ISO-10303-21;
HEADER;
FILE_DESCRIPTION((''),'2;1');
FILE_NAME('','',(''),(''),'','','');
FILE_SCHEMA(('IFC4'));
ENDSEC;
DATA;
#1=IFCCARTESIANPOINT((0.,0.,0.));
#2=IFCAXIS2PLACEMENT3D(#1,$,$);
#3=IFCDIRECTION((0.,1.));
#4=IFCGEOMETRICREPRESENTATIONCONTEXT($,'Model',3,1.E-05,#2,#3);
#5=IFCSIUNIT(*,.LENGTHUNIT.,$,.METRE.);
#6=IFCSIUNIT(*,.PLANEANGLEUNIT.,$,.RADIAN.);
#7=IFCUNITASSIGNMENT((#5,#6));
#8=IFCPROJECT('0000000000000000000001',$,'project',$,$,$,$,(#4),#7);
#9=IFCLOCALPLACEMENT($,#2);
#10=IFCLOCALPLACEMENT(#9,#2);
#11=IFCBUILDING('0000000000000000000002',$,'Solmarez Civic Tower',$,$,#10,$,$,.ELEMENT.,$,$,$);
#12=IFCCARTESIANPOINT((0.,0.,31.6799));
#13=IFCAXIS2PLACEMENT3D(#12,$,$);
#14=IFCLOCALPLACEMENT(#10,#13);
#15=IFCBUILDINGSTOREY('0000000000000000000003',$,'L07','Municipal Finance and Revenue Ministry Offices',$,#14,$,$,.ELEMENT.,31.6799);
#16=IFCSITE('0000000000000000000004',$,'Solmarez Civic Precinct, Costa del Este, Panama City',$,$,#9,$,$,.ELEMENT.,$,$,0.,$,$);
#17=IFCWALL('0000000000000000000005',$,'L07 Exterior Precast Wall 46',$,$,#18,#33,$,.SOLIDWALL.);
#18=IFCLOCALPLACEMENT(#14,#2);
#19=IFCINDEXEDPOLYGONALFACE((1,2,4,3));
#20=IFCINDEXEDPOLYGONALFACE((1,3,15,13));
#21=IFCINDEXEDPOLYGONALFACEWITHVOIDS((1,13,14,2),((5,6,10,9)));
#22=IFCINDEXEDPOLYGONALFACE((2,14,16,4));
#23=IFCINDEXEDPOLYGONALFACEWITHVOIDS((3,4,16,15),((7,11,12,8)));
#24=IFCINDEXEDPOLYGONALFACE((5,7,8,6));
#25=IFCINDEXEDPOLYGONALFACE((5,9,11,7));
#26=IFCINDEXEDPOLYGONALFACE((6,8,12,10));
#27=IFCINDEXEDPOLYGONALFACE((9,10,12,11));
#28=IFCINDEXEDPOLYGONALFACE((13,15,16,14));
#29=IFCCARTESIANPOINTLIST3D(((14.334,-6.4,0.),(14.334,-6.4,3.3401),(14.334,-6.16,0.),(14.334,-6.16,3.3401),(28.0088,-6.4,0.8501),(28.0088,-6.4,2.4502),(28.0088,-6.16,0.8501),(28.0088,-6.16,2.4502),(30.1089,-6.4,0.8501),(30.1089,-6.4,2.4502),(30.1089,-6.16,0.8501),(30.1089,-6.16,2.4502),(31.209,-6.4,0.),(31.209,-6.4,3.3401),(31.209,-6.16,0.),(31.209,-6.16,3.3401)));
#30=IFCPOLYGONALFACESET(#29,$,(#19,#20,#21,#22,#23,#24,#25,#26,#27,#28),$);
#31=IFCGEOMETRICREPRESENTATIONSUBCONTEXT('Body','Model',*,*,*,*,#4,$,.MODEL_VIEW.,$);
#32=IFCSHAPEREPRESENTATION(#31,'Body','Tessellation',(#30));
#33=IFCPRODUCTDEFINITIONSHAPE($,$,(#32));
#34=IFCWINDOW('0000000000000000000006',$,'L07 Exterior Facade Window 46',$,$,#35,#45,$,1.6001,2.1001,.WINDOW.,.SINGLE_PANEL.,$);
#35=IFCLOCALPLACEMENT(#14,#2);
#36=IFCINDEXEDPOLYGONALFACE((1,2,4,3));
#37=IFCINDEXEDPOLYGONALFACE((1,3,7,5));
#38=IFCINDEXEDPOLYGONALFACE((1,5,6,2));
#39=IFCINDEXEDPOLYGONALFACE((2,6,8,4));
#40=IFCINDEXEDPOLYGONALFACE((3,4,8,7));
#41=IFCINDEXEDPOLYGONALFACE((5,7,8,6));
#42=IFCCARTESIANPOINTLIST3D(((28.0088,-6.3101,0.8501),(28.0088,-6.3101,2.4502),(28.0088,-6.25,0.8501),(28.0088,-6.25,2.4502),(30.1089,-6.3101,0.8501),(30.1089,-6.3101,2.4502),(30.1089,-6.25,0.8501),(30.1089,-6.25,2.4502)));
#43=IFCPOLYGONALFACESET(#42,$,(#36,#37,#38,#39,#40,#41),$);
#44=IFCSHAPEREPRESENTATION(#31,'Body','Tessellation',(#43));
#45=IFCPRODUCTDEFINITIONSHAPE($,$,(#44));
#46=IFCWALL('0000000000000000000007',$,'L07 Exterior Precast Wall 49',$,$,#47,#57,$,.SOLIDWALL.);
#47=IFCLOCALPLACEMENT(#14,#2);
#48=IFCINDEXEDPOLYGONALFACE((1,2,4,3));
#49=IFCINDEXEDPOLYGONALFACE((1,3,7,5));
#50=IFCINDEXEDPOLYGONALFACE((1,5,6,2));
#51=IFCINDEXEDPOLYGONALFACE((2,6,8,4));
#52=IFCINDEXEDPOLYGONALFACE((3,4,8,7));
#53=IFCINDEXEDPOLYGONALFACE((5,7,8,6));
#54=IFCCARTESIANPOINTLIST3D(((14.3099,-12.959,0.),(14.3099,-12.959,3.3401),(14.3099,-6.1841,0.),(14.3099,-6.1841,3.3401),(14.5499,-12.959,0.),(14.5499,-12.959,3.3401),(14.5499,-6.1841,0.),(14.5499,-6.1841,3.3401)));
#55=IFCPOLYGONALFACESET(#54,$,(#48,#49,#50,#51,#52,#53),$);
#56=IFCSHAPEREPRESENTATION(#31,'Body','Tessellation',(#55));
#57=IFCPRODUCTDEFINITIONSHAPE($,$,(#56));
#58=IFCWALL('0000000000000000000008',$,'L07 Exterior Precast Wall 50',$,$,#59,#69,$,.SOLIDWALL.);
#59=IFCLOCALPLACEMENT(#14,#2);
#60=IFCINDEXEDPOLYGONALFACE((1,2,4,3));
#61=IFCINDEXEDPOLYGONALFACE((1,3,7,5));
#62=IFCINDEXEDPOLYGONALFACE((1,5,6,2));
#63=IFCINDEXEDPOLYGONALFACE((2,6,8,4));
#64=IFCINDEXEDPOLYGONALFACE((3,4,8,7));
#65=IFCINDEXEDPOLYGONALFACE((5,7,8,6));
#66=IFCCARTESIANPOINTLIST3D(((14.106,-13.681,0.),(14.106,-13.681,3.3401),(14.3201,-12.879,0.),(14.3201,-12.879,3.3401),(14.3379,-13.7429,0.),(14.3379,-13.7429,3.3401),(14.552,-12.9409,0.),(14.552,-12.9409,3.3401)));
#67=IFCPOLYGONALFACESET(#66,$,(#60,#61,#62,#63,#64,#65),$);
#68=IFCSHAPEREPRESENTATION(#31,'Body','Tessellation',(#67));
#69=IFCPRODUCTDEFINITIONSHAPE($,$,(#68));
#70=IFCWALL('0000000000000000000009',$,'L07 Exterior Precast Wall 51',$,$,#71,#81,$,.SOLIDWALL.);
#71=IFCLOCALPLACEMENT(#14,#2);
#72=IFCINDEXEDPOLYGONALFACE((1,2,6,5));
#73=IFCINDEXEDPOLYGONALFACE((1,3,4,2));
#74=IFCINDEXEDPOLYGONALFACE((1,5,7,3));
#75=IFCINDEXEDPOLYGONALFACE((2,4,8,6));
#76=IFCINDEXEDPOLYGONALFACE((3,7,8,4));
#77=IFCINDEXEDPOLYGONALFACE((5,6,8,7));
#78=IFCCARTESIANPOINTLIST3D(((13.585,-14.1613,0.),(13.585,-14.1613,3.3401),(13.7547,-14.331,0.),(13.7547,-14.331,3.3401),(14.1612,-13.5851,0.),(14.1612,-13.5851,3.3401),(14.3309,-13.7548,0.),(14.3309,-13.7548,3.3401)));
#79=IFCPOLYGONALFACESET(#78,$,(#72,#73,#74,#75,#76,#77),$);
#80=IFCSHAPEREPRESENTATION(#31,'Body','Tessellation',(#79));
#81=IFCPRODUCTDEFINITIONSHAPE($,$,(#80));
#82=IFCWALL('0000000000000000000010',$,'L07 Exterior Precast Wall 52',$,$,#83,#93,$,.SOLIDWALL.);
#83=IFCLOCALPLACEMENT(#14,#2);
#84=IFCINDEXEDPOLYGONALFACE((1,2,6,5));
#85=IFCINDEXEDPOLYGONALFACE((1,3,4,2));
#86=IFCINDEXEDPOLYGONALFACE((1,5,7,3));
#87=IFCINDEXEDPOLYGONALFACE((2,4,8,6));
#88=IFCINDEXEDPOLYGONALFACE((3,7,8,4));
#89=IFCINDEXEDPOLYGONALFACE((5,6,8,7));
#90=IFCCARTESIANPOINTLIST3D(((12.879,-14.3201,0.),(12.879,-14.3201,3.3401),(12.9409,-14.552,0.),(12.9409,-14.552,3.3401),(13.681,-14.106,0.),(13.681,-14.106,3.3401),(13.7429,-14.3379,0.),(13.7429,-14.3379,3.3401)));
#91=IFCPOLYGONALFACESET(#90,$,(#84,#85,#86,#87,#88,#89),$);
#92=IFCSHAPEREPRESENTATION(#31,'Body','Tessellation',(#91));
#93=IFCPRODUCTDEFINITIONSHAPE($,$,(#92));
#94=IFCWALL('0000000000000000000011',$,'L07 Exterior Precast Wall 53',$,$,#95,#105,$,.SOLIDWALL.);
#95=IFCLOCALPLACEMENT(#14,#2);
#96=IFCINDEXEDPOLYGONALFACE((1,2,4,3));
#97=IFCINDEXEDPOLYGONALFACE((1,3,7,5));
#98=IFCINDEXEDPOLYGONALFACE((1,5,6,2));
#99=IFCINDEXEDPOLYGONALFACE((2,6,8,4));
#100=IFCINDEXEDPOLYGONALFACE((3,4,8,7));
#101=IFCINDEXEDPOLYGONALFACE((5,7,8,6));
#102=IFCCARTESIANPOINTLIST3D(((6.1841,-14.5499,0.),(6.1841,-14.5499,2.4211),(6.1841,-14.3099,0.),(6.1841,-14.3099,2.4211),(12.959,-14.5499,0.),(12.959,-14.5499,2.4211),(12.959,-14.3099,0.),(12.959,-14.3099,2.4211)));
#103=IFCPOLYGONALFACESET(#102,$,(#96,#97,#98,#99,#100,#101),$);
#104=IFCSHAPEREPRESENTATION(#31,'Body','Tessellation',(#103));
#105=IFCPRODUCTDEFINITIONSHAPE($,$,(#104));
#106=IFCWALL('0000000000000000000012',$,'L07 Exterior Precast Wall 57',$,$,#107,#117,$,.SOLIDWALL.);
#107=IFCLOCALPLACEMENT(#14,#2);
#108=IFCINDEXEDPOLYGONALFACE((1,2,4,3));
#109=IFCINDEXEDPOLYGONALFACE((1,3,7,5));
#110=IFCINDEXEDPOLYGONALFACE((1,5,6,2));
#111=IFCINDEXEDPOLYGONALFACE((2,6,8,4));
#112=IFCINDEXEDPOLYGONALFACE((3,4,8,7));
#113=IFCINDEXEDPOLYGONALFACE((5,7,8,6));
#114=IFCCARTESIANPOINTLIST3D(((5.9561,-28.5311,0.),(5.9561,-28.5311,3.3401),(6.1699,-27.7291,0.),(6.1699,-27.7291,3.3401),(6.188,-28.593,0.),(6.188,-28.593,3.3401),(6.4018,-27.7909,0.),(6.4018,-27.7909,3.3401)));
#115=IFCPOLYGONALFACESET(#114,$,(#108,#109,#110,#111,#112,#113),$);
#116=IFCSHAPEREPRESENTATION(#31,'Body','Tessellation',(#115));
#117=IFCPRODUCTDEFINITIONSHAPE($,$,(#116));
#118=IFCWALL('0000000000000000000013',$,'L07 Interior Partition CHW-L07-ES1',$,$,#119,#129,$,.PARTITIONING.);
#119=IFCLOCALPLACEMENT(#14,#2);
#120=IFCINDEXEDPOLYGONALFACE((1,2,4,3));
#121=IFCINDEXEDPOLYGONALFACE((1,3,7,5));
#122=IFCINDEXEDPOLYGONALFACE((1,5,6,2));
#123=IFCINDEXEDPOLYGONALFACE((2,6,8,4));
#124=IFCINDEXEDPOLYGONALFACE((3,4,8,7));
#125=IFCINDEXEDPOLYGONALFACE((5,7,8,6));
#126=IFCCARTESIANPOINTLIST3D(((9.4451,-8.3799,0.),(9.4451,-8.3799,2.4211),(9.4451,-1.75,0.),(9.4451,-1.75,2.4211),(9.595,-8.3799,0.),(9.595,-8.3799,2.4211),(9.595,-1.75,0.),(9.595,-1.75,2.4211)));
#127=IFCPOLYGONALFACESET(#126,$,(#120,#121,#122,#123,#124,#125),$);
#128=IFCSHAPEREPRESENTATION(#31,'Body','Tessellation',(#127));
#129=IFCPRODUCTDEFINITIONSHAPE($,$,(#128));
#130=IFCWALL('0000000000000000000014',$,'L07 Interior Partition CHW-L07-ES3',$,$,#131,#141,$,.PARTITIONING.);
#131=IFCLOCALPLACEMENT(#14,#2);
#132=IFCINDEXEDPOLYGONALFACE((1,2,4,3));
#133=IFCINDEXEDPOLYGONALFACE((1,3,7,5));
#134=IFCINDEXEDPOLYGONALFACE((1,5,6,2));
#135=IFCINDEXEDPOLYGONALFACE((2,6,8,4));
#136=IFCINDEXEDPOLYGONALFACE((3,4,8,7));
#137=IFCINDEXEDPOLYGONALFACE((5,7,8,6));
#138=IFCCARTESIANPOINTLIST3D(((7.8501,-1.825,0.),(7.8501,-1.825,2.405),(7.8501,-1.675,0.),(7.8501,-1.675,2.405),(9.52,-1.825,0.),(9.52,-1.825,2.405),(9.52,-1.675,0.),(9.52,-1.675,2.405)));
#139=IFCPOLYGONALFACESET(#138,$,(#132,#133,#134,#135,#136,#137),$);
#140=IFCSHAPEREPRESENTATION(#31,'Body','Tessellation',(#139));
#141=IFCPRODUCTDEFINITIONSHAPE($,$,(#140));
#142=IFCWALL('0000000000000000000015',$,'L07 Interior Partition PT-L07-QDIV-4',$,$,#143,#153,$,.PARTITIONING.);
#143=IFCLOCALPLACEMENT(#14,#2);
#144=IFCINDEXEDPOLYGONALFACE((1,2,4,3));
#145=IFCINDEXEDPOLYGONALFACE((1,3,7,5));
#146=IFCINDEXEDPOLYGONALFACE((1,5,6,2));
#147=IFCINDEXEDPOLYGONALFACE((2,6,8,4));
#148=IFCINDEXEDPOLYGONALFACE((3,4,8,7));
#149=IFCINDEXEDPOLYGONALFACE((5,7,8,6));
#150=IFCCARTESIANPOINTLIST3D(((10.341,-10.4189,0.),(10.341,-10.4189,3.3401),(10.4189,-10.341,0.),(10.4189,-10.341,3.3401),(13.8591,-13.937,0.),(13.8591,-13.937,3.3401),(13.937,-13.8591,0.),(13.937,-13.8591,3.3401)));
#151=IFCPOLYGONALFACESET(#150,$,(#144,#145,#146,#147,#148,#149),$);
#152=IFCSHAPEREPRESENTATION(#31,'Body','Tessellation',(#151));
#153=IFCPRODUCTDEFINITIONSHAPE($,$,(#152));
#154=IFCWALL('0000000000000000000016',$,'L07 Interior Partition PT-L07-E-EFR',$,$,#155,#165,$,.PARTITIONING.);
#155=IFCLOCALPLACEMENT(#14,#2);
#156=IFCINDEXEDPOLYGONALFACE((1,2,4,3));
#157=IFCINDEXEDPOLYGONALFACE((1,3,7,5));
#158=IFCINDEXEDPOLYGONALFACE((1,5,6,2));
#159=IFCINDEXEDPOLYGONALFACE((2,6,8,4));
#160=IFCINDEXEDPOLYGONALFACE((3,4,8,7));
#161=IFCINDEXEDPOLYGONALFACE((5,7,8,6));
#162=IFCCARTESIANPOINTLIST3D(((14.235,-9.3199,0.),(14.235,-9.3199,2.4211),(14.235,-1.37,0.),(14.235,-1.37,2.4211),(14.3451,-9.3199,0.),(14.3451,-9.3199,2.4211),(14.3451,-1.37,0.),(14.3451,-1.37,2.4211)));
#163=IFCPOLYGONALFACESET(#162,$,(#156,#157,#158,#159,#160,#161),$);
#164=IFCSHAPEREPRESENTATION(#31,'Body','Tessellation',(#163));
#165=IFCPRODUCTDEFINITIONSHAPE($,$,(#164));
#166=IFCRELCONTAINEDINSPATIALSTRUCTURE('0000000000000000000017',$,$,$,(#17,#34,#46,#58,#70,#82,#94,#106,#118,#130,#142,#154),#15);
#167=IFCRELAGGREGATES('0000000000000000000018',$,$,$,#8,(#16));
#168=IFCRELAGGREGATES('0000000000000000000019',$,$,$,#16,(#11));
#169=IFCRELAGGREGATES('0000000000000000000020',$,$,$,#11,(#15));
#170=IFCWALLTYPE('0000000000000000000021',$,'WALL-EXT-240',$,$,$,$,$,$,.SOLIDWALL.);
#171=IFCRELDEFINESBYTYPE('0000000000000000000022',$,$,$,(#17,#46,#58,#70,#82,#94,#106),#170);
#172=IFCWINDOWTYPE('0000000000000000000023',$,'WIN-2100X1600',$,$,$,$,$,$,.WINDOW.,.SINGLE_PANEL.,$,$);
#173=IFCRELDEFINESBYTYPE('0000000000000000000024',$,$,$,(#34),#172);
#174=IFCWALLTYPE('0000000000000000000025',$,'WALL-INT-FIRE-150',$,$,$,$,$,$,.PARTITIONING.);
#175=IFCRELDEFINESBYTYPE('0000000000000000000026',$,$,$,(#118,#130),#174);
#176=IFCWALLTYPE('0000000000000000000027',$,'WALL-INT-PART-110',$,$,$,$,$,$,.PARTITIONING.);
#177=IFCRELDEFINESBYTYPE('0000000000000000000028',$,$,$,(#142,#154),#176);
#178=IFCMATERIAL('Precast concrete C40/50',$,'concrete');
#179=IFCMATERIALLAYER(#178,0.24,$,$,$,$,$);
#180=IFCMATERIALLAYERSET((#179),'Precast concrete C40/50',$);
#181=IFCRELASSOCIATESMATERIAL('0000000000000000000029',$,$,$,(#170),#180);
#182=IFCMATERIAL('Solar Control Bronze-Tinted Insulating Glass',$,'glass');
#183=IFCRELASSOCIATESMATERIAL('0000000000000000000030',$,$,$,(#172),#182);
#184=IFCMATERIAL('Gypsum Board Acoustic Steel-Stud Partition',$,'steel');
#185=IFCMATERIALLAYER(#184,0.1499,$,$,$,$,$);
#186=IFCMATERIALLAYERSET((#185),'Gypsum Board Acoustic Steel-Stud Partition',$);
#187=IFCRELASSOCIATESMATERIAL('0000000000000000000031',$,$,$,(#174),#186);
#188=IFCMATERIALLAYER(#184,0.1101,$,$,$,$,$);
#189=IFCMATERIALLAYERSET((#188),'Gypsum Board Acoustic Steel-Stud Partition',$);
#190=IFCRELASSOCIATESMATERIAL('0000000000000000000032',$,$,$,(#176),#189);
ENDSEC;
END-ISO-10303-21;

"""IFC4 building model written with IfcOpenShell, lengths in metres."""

from ifc_helpers import new_model, si_unit, direction, frame, frame_2d, origin, place, context, subcontext, project, spatial, rectangle, extrude, material, layer, layer_set, type_object, element, fill, save


model = new_model("IFC4")

# Units and contexts
model_context = context("Model", 3, precision=1e-05, world=origin(), true_north=direction((0.0, 1.0)))
body_context = subcontext(model_context, "Body", "Model", "MODEL_VIEW")
ifc_project = project(units=[si_unit("LENGTHUNIT", "METRE"), si_unit("PLANEANGLEUNIT", "RADIAN")], contexts=[model_context])

# Site, building, storey
site_placement = place(None, origin())
site = spatial("IfcSite", under=ifc_project, at=site_placement, Name="Solmarez Civic Precinct, Costa del Este, Panama City", CompositionType="ELEMENT", RefElevation=0.0)
building_placement = place(site_placement, origin())
building = spatial("IfcBuilding", under=site, at=building_placement, Name="Solmarez Civic Tower", CompositionType="ELEMENT")
storey_placement = place(building_placement, frame((0.0, 0.0, 31.6799)))
storey = spatial("IfcBuildingStorey", under=building, at=storey_placement, Name="L07", Description="Municipal Finance and Revenue Ministry Offices", CompositionType="ELEMENT", Elevation=31.6799)

# Shared definitions
ifc_material_1 = material(Name="Precast concrete C40/50", Category="concrete")
ifc_layer_1 = layer(ifc_material_1, 0.24)
ifc_layer_set_1 = layer_set([ifc_layer_1], Name="Precast concrete C40/50")
wall_type_1 = type_object("IfcWallType", Name="WALL-EXT-240", PredefinedType="SOLIDWALL", material=ifc_layer_set_1)

# Wall, opening, window
wall_1_placement = place(storey_placement, frame((31.209, -6.28, 0.0), z_axis=(0.0, 0.0, 1.0), x_axis=(-1.0, 0.0, 0.0)))
wall_1 = element("IfcWall", 1, at=wall_1_placement, inside=storey, type_object=wall_type_1, Name="L07 Exterior Precast Wall 46", PredefinedType="SOLIDWALL", context=body_context, shape_type="SweptSolid", body=[
    extrude(rectangle(XDim=16.875, YDim=0.24, at=frame_2d((8.4375, 0.0))), origin(), (0.0, 0.0, 1.0), 3.3401),
])
opening_1_placement = place(wall_1_placement, frame((1.1001, 0.0, 0.8501)))
opening_1 = element("IfcOpeningElement", 2, at=opening_1_placement, cuts=wall_1, PredefinedType="OPENING", context=body_context, shape_type="SweptSolid", body=[
    extrude(rectangle(XDim=2.1001, YDim=1.6001, at=frame_2d((1.05, 0.8))), frame((0.0, 0.1299, 0.0), z_axis=(0.0, -1.0, 0.0), x_axis=(1.0, 0.0, 0.0)), (0.0, 0.0, 1.0), 0.26),
])
ifc_material_2 = material(Name="Solar Control Bronze-Tinted Insulating Glass", Category="glass")
window_type = type_object("IfcWindowType", Name="WIN-2100X1600", PartitioningType="SINGLE_PANEL", PredefinedType="WINDOW", material=ifc_material_2)
window_placement = place(opening_1_placement, origin())
window = element("IfcWindow", 3, at=window_placement, inside=storey, type_object=window_type, Name="L07 Exterior Facade Window 46", OverallHeight=1.6001, OverallWidth=2.1001, PartitioningType="SINGLE_PANEL", PredefinedType="WINDOW", context=body_context, shape_type="SweptSolid", body=[
    extrude(rectangle(XDim=2.1001, YDim=1.6001, at=frame_2d((1.05, 0.8))), frame((0.0, 0.03, 0.0), z_axis=(0.0, -1.0, 0.0), x_axis=(1.0, 0.0, 0.0)), (0.0, 0.0, 1.0), 0.0601),
])
fill(opening_1, window)

# Walls
wall_2_placement = place(storey_placement, frame((14.4299, -6.1841, 0.0), z_axis=(0.0, 0.0, 1.0), x_axis=(0.0, -1.0, 0.0)))
element("IfcWall", 4, at=wall_2_placement, inside=storey, type_object=wall_type_1, Name="L07 Exterior Precast Wall 49", PredefinedType="SOLIDWALL", context=body_context, shape_type="SweptSolid", body=[
    extrude(rectangle(XDim=6.7749, YDim=0.24, at=frame_2d((3.3875, 0.0))), origin(), (0.0, 0.0, 1.0), 3.3401),
])
wall_3_placement = place(storey_placement, frame((14.436, -12.9099, 0.0), z_axis=(0.0, 0.0, 1.0), x_axis=(-0.257937, -0.966162, 0.0)))
element("IfcWall", 5, at=wall_3_placement, inside=storey, type_object=wall_type_1, Name="L07 Exterior Precast Wall 50", PredefinedType="SOLIDWALL", context=body_context, shape_type="SweptSolid", body=[
    extrude(rectangle(XDim=0.8301, YDim=0.24, at=frame_2d((0.415, 0.0))), origin(), (0.0, 0.0, 1.0), 3.3401),
])
wall_4_placement = place(storey_placement, frame((14.2461, -13.6699, 0.0), z_axis=(0.0, 0.0, 1.0), x_axis=(-0.707107, -0.707107, 0.0)))
element("IfcWall", 6, at=wall_4_placement, inside=storey, type_object=wall_type_1, Name="L07 Exterior Precast Wall 51", PredefinedType="SOLIDWALL", context=body_context, shape_type="SweptSolid", body=[
    extrude(rectangle(XDim=0.8149, YDim=0.24, at=frame_2d((0.4075, 0.0))), origin(), (0.0, 0.0, 1.0), 3.3401),
])
wall_5_placement = place(storey_placement, frame((13.7119, -14.2219, 0.0), z_axis=(0.0, 0.0, 1.0), x_axis=(-0.966162, -0.257937, 0.0)))
element("IfcWall", 7, at=wall_5_placement, inside=storey, type_object=wall_type_1, Name="L07 Exterior Precast Wall 52", PredefinedType="SOLIDWALL", context=body_context, shape_type="SweptSolid", body=[
    extrude(rectangle(XDim=0.8301, YDim=0.24, at=frame_2d((0.415, 0.0))), origin(), (0.0, 0.0, 1.0), 3.3401),
])
wall_6_placement = place(storey_placement, frame((12.959, -14.4299, 0.0), z_axis=(0.0, 0.0, 1.0), x_axis=(-1.0, 0.0, 0.0)))
element("IfcWall", 8, at=wall_6_placement, inside=storey, type_object=wall_type_1, Name="L07 Exterior Precast Wall 53", PredefinedType="SOLIDWALL", context=body_context, shape_type="SweptSolid", body=[
    extrude(rectangle(XDim=6.7749, YDim=0.24, at=frame_2d((3.3875, 0.0))), origin(), (0.0, 0.0, 1.0), 2.4211),
])
wall_7_placement = place(storey_placement, frame((6.2859, -27.76, 0.0), z_axis=(0.0, 0.0, 1.0), x_axis=(-0.257663, -0.966235, 0.0)))
element("IfcWall", 9, at=wall_7_placement, inside=storey, type_object=wall_type_1, Name="L07 Exterior Precast Wall 57", PredefinedType="SOLIDWALL", context=body_context, shape_type="SweptSolid", body=[
    extrude(rectangle(XDim=0.8301, YDim=0.24, at=frame_2d((0.415, 0.0))), origin(), (0.0, 0.0, 1.0), 3.3401),
])
ifc_material_3 = material(Name="Gypsum Board Acoustic Steel-Stud Partition", Category="steel")
ifc_layer_2 = layer(ifc_material_3, 0.1499)
ifc_layer_set_2 = layer_set([ifc_layer_2], Name="Gypsum Board Acoustic Steel-Stud Partition")
wall_type_2 = type_object("IfcWallType", Name="WALL-INT-FIRE-150", PredefinedType="PARTITIONING", material=ifc_layer_set_2)
wall_8_placement = place(storey_placement, frame((9.52, -8.3799, 0.0), z_axis=(0.0, 0.0, 1.0), x_axis=(0.0, 1.0, 0.0)))
element("IfcWall", 10, at=wall_8_placement, inside=storey, type_object=wall_type_2, Name="L07 Interior Partition CHW-L07-ES1", PredefinedType="PARTITIONING", context=body_context, shape_type="SweptSolid", body=[
    extrude(rectangle(XDim=6.6299, YDim=0.1499, at=frame_2d((3.3149, 0.0))), origin(), (0.0, 0.0, 1.0), 2.4211),
])
wall_9_placement = place(storey_placement, frame((7.8501, -1.75, 0.0), z_axis=(0.0, 0.0, 1.0), x_axis=(1.0, 0.0, 0.0)))
element("IfcWall", 11, at=wall_9_placement, inside=storey, type_object=wall_type_2, Name="L07 Interior Partition CHW-L07-ES3", PredefinedType="PARTITIONING", context=body_context, shape_type="SweptSolid", body=[
    extrude(rectangle(XDim=1.6699, YDim=0.1499, at=frame_2d((0.835, 0.0))), origin(), (0.0, 0.0, 1.0), 2.405),
])
ifc_layer_3 = layer(ifc_material_3, 0.1101)
ifc_layer_set_3 = layer_set([ifc_layer_3], Name="Gypsum Board Acoustic Steel-Stud Partition")
wall_type_3 = type_object("IfcWallType", Name="WALL-INT-PART-110", PredefinedType="PARTITIONING", material=ifc_layer_set_3)
wall_10_placement = place(storey_placement, frame((10.3799, -10.3799, 0.0), z_axis=(0.0, 0.0, 1.0), x_axis=(0.707107, -0.707107, 0.0)))
element("IfcWall", 12, at=wall_10_placement, inside=storey, type_object=wall_type_3, Name="L07 Interior Partition PT-L07-QDIV-4", PredefinedType="PARTITIONING", context=body_context, shape_type="SweptSolid", body=[
    extrude(rectangle(XDim=4.9753, YDim=0.1101, at=frame_2d((2.4878, 0.0))), origin(), (0.0, 0.0, 1.0), 3.3401),
])
wall_11_placement = place(storey_placement, frame((14.29, -9.3201, 0.0), z_axis=(0.0, 0.0, 1.0), x_axis=(0.0, 1.0, 0.0)))
element("IfcWall", 13, at=wall_11_placement, inside=storey, type_object=wall_type_3, Name="L07 Interior Partition PT-L07-E-EFR", PredefinedType="PARTITIONING", context=body_context, shape_type="SweptSolid", body=[
    extrude(rectangle(XDim=7.95, YDim=0.1101, at=frame_2d((3.9751, 0.0))), origin(), (0.0, 0.0, 1.0), 2.4211),
])

save(model, "model.ifc")
